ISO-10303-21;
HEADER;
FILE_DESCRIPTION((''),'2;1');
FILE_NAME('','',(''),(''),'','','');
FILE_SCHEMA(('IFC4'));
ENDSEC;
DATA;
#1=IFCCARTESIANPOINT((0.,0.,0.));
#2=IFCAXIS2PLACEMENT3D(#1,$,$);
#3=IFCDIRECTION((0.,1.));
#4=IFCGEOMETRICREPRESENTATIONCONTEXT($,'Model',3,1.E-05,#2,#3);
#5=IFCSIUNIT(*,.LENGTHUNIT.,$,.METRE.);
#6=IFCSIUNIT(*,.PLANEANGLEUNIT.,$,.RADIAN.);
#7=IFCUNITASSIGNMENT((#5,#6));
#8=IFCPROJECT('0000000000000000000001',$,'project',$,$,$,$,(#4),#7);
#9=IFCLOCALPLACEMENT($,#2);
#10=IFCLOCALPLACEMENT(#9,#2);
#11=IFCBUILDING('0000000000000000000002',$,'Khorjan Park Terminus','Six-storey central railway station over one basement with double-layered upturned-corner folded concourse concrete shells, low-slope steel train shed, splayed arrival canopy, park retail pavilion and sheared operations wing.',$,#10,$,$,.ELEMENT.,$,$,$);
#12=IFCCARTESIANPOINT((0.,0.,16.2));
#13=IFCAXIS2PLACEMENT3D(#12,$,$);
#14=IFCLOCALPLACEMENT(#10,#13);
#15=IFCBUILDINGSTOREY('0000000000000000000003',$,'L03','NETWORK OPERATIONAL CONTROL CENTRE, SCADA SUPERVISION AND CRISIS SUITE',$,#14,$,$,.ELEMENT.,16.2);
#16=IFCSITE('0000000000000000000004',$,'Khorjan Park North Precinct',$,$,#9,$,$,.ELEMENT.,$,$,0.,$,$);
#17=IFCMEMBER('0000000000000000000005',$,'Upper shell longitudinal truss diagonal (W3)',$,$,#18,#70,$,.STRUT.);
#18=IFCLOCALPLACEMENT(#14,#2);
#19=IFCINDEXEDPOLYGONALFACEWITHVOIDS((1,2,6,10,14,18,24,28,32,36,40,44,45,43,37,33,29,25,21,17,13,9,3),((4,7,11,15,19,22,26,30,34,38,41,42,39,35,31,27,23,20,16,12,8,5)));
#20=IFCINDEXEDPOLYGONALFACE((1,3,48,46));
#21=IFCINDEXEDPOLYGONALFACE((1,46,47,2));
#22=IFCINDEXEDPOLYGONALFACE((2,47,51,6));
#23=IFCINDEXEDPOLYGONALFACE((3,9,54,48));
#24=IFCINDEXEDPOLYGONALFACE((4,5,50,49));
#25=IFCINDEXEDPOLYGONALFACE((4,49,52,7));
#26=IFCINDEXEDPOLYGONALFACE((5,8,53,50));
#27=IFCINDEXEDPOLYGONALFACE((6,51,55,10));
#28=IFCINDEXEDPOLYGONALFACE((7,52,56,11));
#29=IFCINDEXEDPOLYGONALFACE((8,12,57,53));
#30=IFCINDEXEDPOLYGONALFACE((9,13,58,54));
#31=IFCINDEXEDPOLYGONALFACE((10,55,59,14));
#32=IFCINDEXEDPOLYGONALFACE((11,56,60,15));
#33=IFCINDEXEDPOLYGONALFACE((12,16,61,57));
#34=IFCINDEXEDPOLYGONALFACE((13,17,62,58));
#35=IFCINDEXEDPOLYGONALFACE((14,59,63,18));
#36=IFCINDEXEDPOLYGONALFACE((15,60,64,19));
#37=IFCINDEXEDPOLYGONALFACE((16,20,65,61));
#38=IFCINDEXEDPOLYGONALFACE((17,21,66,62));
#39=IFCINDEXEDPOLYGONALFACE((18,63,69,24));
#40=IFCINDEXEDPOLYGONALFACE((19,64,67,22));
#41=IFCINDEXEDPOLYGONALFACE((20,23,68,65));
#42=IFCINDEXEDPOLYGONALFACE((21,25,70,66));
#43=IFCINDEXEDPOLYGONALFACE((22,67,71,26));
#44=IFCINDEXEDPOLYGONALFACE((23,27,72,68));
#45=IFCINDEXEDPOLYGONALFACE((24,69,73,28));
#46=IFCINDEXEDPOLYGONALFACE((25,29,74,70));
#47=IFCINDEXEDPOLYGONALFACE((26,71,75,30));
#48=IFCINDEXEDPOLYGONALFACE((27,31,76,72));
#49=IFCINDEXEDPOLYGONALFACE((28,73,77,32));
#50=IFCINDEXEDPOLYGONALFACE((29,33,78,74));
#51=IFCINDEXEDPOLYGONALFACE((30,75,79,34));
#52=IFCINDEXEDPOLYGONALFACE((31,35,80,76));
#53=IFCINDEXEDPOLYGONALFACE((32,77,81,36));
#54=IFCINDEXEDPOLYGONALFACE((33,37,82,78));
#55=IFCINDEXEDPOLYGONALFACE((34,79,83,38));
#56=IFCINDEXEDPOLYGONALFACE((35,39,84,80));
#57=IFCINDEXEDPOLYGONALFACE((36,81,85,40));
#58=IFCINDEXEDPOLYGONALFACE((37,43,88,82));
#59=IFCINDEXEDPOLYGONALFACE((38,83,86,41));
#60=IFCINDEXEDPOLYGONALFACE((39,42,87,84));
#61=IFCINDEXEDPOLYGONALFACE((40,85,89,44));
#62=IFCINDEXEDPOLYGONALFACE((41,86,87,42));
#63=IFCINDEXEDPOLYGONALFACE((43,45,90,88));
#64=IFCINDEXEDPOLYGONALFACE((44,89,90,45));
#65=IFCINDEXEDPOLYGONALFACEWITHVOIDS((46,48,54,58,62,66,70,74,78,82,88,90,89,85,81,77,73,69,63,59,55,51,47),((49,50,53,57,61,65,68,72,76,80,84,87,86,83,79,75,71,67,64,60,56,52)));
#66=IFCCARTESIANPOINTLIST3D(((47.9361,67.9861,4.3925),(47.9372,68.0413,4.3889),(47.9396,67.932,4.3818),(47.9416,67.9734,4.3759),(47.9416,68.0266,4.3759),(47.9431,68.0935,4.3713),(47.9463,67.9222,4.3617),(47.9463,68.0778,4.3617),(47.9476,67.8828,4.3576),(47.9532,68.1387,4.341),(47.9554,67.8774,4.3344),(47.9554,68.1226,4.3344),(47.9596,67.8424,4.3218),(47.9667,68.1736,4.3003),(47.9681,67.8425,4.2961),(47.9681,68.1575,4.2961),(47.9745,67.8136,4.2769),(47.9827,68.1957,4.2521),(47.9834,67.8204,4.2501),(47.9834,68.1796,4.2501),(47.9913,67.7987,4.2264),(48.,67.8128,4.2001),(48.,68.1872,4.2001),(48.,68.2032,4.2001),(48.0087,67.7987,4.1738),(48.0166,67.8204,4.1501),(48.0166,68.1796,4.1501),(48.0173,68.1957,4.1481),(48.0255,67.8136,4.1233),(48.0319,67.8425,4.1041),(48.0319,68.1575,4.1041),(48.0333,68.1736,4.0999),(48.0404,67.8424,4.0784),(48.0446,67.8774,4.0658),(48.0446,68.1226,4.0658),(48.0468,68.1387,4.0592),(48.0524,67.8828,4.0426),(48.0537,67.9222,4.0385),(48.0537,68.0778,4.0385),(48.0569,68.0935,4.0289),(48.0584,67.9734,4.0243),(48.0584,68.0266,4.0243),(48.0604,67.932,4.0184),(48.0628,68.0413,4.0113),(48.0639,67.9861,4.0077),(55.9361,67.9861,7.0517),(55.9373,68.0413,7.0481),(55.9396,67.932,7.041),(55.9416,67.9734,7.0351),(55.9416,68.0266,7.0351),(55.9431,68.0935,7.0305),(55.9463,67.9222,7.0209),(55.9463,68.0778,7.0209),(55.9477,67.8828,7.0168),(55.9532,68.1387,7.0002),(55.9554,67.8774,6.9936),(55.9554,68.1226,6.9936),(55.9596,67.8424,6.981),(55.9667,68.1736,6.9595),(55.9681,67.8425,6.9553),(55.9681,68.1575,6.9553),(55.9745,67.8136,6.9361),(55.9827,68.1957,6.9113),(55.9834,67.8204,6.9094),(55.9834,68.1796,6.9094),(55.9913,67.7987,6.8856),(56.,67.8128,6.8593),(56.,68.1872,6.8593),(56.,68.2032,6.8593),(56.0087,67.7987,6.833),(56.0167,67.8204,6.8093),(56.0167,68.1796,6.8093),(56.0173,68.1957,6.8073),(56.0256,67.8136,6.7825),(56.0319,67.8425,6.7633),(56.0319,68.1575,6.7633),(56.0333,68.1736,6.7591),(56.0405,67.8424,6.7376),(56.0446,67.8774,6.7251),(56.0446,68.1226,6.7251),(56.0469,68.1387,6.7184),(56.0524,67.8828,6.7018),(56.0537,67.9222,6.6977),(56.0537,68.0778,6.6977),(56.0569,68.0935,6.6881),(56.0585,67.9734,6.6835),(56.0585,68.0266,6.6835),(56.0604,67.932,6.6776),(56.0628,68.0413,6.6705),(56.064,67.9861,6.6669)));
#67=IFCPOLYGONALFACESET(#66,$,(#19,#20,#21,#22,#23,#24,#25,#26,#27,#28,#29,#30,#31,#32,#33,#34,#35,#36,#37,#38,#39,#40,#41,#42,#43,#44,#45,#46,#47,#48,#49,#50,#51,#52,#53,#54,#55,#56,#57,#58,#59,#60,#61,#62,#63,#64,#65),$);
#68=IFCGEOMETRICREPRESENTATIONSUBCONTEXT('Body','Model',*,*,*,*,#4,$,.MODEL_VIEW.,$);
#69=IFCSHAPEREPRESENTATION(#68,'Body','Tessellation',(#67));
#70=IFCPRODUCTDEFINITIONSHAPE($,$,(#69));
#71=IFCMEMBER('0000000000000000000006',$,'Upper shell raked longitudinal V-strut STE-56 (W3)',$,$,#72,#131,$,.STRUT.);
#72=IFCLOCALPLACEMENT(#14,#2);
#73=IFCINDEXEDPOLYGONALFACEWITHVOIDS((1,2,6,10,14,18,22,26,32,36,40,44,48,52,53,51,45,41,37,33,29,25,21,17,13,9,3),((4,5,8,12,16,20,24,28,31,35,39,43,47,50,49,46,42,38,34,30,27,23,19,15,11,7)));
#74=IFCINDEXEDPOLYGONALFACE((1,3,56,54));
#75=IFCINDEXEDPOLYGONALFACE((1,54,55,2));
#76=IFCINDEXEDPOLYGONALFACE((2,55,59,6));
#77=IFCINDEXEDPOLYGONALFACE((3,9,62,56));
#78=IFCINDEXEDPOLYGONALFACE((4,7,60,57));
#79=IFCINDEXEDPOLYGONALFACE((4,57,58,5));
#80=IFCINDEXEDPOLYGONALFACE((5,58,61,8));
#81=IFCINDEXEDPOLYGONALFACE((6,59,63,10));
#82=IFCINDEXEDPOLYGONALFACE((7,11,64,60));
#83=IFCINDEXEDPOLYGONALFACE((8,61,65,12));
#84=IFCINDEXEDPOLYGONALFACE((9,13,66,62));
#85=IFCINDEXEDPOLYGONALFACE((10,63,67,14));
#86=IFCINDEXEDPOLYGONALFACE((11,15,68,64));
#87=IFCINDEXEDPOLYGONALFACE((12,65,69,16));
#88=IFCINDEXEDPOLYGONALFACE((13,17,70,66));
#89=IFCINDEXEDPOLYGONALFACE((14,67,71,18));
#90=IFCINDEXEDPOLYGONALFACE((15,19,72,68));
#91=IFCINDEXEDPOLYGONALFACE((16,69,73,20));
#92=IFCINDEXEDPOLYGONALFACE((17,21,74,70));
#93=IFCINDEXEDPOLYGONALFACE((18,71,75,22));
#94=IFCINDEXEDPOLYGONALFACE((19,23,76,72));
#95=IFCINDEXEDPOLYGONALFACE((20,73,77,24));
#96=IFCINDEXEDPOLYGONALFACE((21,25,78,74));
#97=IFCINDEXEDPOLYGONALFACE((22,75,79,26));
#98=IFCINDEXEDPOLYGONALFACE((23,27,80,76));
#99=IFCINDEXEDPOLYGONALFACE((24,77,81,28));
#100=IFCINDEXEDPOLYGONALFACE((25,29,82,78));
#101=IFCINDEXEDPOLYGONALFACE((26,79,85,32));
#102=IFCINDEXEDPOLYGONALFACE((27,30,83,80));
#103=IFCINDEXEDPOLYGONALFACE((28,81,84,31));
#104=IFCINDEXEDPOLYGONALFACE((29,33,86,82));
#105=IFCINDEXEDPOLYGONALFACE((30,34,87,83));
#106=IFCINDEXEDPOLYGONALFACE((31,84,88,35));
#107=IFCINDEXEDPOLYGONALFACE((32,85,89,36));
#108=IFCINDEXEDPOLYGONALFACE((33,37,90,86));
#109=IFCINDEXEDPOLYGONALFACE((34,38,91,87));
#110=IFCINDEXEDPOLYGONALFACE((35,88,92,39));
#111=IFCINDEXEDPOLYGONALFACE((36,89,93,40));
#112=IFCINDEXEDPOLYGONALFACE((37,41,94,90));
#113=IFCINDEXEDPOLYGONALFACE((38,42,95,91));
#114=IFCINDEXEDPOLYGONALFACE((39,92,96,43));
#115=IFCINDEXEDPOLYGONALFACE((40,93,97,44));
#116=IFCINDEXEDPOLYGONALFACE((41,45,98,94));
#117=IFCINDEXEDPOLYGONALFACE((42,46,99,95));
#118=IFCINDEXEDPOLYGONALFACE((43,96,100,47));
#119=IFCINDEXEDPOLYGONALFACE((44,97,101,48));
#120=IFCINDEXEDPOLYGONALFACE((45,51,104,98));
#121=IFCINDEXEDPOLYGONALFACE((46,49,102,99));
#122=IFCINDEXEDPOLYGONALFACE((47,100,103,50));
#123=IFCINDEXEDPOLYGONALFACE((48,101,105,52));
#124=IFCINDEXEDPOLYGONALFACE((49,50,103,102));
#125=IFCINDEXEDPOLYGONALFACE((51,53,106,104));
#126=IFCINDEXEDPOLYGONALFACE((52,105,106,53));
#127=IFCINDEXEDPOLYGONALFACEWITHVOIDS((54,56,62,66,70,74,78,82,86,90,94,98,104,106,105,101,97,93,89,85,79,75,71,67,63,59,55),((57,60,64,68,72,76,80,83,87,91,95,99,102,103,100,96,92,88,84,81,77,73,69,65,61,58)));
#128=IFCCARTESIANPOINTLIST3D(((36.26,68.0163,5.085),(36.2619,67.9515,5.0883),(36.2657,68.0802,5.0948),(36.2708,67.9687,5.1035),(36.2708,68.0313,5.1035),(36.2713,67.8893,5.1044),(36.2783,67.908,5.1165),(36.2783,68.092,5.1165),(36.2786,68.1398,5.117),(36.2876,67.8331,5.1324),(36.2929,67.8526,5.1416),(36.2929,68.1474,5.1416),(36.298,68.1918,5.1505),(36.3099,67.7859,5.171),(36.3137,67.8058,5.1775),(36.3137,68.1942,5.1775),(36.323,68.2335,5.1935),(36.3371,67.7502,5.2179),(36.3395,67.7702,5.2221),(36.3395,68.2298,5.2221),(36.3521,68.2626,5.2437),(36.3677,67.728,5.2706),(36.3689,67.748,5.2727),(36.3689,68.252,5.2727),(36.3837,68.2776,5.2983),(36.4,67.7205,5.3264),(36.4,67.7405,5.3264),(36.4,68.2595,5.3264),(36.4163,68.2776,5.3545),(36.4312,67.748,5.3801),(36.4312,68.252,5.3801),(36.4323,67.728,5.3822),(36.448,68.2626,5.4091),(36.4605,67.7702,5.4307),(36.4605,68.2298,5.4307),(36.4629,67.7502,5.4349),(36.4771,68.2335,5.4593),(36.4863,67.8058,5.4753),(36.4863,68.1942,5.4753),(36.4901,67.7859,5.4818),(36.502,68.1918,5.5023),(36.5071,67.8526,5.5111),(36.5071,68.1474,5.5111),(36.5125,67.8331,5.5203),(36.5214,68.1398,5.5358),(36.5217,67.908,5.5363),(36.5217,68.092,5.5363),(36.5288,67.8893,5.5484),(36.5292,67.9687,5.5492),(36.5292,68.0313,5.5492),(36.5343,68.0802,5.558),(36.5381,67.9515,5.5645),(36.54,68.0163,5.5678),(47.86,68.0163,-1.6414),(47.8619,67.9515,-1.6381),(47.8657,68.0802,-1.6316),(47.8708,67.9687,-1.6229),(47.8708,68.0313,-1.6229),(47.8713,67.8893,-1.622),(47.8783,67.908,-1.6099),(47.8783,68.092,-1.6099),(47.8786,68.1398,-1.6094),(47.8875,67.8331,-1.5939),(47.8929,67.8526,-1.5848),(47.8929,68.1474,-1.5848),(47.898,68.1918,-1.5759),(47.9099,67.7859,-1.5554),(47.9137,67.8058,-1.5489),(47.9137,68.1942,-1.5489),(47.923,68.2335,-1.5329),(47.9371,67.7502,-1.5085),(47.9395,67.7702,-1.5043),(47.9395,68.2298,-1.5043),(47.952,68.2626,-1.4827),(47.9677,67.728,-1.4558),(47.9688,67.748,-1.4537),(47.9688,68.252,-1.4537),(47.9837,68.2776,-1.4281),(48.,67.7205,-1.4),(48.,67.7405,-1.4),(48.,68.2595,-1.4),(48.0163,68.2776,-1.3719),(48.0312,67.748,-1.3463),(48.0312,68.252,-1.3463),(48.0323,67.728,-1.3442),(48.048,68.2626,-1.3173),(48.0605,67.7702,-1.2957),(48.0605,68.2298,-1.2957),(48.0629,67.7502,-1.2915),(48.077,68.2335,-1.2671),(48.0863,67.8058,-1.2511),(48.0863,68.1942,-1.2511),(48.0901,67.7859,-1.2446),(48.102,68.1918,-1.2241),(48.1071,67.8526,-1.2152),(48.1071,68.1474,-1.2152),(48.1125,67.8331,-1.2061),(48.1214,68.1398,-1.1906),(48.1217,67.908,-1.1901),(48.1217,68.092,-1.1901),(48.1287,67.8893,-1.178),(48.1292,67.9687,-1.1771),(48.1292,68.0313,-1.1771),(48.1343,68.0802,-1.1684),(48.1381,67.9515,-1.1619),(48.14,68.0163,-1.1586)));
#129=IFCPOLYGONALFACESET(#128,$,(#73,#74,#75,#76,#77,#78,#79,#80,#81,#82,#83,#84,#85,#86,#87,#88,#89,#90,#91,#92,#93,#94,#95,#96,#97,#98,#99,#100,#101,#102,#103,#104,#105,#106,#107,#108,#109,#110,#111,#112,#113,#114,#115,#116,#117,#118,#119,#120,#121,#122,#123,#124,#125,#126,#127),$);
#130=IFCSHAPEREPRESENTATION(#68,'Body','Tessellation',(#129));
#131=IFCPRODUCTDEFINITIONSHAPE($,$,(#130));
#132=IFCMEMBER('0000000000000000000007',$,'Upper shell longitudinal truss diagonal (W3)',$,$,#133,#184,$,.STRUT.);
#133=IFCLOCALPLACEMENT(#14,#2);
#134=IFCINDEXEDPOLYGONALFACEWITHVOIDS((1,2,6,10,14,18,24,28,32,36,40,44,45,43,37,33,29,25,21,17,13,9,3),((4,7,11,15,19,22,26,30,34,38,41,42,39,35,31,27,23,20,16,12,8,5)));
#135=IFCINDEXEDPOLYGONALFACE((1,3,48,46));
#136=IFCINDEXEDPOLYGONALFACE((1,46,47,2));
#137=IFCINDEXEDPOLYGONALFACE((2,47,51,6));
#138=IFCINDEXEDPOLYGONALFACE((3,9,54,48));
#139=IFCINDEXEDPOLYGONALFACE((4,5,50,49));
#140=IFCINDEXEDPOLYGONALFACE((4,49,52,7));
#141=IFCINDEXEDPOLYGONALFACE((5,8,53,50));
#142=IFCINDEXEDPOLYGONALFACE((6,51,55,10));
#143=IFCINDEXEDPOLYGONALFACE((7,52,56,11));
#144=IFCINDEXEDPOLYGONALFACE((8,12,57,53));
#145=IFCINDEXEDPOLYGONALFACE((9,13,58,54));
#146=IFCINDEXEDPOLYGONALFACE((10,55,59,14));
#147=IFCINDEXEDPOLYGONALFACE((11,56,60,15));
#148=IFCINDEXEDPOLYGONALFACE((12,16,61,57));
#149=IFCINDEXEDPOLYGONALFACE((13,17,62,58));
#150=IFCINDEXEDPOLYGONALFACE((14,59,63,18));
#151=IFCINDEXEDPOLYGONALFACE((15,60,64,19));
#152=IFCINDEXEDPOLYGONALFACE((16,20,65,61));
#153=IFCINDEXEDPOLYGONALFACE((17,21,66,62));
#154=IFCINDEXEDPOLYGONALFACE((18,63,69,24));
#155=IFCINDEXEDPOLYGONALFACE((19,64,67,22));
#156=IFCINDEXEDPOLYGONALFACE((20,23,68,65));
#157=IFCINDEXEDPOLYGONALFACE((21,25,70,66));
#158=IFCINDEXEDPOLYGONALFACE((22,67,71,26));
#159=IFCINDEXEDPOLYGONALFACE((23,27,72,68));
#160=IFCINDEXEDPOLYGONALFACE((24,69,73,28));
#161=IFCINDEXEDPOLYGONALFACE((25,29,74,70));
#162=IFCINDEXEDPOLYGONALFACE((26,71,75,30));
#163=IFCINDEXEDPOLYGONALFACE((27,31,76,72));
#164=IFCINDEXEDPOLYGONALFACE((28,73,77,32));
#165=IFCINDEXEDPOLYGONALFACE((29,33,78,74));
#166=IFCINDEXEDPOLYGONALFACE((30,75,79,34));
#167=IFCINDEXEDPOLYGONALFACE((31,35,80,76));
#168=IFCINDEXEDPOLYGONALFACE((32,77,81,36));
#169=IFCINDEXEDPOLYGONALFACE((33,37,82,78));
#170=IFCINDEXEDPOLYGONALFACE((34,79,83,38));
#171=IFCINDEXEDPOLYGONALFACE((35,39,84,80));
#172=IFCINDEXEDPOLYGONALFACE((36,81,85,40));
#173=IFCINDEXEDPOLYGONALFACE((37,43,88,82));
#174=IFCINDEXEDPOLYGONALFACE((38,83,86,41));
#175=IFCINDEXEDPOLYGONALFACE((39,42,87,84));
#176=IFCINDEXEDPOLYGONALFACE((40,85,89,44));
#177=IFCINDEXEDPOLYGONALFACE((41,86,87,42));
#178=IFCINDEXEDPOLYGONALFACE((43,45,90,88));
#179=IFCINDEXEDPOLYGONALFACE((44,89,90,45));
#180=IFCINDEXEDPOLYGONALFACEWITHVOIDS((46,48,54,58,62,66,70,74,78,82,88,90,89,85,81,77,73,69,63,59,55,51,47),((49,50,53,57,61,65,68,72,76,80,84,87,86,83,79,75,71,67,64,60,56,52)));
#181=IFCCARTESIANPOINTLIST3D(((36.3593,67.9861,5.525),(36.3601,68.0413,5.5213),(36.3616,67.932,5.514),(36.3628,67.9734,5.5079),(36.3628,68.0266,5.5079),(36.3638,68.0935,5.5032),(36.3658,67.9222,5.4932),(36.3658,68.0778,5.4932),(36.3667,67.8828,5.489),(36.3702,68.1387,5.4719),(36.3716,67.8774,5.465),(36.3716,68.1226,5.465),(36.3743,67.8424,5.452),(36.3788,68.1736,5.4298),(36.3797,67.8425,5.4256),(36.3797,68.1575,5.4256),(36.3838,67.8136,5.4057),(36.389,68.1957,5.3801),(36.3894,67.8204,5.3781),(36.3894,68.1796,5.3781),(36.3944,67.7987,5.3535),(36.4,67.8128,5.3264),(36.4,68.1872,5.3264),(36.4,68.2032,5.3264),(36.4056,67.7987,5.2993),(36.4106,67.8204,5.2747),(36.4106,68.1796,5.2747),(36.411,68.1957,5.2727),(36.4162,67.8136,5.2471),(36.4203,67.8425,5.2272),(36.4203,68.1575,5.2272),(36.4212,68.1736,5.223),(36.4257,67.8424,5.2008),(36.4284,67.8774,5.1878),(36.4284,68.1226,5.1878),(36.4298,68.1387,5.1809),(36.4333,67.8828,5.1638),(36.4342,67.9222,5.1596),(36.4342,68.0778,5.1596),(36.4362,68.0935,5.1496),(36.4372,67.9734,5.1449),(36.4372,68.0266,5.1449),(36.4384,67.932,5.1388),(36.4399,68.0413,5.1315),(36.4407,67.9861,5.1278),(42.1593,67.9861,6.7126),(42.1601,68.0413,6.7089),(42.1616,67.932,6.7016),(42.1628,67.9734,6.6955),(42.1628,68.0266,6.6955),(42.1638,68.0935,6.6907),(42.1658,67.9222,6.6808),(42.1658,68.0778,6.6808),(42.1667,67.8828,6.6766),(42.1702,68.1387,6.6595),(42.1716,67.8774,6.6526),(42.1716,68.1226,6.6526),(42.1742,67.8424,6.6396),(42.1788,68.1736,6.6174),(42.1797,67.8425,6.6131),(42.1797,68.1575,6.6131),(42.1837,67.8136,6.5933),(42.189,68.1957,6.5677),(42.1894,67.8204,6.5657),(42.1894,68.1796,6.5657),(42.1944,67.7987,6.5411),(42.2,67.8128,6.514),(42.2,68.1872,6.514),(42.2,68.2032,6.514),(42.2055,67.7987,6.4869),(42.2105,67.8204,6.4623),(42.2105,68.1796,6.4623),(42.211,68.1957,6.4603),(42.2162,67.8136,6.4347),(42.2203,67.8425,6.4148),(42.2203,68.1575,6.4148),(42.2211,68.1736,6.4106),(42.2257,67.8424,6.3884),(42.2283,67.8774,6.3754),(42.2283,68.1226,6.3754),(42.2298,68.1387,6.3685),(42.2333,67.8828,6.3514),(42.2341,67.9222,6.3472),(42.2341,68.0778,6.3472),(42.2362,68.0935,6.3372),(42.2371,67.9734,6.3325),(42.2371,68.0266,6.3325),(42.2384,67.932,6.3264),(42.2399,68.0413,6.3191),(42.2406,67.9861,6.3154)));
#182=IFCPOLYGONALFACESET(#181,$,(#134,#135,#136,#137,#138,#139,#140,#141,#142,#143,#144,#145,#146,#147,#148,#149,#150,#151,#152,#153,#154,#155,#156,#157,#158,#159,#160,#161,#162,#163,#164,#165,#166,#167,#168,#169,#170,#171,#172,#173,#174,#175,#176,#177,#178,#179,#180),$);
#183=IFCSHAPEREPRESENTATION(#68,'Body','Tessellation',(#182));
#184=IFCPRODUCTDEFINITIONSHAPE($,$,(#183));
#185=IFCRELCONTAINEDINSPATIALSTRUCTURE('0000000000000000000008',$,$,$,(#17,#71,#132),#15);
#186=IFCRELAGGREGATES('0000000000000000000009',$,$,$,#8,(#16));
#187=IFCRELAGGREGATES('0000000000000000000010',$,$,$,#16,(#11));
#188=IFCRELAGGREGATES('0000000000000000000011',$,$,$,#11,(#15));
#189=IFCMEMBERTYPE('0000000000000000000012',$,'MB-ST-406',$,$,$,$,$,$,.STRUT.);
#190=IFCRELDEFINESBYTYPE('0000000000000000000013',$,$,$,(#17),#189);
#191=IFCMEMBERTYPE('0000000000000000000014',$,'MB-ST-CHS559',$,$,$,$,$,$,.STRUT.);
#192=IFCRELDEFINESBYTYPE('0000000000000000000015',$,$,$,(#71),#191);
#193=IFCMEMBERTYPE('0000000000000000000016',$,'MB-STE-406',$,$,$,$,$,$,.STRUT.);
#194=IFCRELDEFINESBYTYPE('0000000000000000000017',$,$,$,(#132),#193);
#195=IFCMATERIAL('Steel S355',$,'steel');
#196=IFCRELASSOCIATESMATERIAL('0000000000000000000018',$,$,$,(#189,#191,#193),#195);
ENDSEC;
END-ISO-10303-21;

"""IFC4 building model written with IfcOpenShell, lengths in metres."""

from ifc_helpers import new_model, si_unit, direction, frame, origin, origin_2d, place, context, subcontext, project, spatial, hollow_circle, extrude, material, material_profile, profile_set, type_object, element, save


model = new_model("IFC4")

# Units and contexts
model_context = context("Model", 3, precision=1e-05, world=origin(), true_north=direction((0.0, 1.0)))
body_context = subcontext(model_context, "Body", "Model", "MODEL_VIEW")
ifc_project = project(units=[si_unit("LENGTHUNIT", "METRE"), si_unit("PLANEANGLEUNIT", "RADIAN")], contexts=[model_context])

# Site, building, storey
site_placement = place(None, origin())
site = spatial("IfcSite", under=ifc_project, at=site_placement, Name="Khorjan Park North Precinct", CompositionType="ELEMENT", RefElevation=0.0)
building_placement = place(site_placement, origin())
building = spatial("IfcBuilding", under=site, at=building_placement, Name="Khorjan Park Terminus", Description="Six-storey central railway station over one basement with double-layered upturned-corner folded concourse concrete shells, low-slope steel train shed, splayed arrival canopy, park retail pavilion and sheared operations wing.", CompositionType="ELEMENT")
storey_placement = place(building_placement, frame((0.0, 0.0, 16.2)))
storey = spatial("IfcBuildingStorey", under=building, at=storey_placement, Name="L03", Description="NETWORK OPERATIONAL CONTROL CENTRE, SCADA SUPERVISION AND CRISIS SUITE", CompositionType="ELEMENT", Elevation=16.2)

# Members
ifc_material_1 = material(Name="Steel S355", Category="steel")
ifc_material_profile_1 = material_profile(ifc_material_1, hollow_circle(Radius=0.2032, WallThickness=0.016, at=origin_2d()), Name="CHS 406.4x16")
ifc_profile_set_1 = profile_set([ifc_material_profile_1], Name="Steel S355")
member_type_1 = type_object("IfcMemberType", Name="MB-ST-406", PredefinedType="STRUT", material=ifc_profile_set_1)
member_1_placement = place(storey_placement, frame((48.0, 68.0, 4.2001), z_axis=(0.948949, 0.0, 0.315431), x_axis=(0.0, 1.0, 0.0)))
element("IfcMember", 1, at=member_1_placement, inside=storey, type_object=member_type_1, Name="Upper shell longitudinal truss diagonal (W3)", PredefinedType="STRUT", context=body_context, shape_type="SweptSolid", body=[
    extrude(hollow_circle(Radius=0.2032, WallThickness=0.016, at=origin_2d()), origin(), (0.0, 0.0, 1.0), 8.4304),
])
ifc_material_profile_2 = material_profile(ifc_material_1, hollow_circle(Radius=0.2795, WallThickness=0.02, at=origin_2d()), Name="CHS 559x20")
ifc_profile_set_2 = profile_set([ifc_material_profile_2], Name="Steel S355")
member_type_2 = type_object("IfcMemberType", Name="MB-ST-CHS559", PredefinedType="STRUT", material=ifc_profile_set_2)
member_2_placement = place(storey_placement, frame((48.0, 68.0, -1.4), z_axis=(-0.865083, 0.0, 0.501629), x_axis=(0.0, -1.0, 0.0)))
element("IfcMember", 2, at=member_2_placement, inside=storey, type_object=member_type_2, Name="Upper shell raked longitudinal V-strut STE-56 (W3)", PredefinedType="STRUT", context=body_context, shape_type="SweptSolid", body=[
    extrude(hollow_circle(Radius=0.2795, WallThickness=0.02, at=origin_2d()), origin(), (0.0, 0.0, 1.0), 13.4091),
])
ifc_material_profile_3 = material_profile(ifc_material_1, hollow_circle(Radius=0.2032, WallThickness=0.016, at=origin_2d()), Name="CHS 406.4x16")
ifc_profile_set_3 = profile_set([ifc_material_profile_3], Name="Steel S355")
member_type_3 = type_object("IfcMemberType", Name="MB-STE-406", PredefinedType="STRUT", material=ifc_profile_set_3)
member_3_placement = place(storey_placement, frame((36.4, 68.0, 5.3264), z_axis=(0.979674, 0.0, 0.200597), x_axis=(0.0, 1.0, 0.0)))
element("IfcMember", 3, at=member_3_placement, inside=storey, type_object=member_type_3, Name="Upper shell longitudinal truss diagonal (W3)", PredefinedType="STRUT", context=body_context, shape_type="SweptSolid", body=[
    extrude(hollow_circle(Radius=0.2032, WallThickness=0.016, at=origin_2d()), origin(), (0.0, 0.0, 1.0), 5.9203),
])

save(model, "model.ifc")
